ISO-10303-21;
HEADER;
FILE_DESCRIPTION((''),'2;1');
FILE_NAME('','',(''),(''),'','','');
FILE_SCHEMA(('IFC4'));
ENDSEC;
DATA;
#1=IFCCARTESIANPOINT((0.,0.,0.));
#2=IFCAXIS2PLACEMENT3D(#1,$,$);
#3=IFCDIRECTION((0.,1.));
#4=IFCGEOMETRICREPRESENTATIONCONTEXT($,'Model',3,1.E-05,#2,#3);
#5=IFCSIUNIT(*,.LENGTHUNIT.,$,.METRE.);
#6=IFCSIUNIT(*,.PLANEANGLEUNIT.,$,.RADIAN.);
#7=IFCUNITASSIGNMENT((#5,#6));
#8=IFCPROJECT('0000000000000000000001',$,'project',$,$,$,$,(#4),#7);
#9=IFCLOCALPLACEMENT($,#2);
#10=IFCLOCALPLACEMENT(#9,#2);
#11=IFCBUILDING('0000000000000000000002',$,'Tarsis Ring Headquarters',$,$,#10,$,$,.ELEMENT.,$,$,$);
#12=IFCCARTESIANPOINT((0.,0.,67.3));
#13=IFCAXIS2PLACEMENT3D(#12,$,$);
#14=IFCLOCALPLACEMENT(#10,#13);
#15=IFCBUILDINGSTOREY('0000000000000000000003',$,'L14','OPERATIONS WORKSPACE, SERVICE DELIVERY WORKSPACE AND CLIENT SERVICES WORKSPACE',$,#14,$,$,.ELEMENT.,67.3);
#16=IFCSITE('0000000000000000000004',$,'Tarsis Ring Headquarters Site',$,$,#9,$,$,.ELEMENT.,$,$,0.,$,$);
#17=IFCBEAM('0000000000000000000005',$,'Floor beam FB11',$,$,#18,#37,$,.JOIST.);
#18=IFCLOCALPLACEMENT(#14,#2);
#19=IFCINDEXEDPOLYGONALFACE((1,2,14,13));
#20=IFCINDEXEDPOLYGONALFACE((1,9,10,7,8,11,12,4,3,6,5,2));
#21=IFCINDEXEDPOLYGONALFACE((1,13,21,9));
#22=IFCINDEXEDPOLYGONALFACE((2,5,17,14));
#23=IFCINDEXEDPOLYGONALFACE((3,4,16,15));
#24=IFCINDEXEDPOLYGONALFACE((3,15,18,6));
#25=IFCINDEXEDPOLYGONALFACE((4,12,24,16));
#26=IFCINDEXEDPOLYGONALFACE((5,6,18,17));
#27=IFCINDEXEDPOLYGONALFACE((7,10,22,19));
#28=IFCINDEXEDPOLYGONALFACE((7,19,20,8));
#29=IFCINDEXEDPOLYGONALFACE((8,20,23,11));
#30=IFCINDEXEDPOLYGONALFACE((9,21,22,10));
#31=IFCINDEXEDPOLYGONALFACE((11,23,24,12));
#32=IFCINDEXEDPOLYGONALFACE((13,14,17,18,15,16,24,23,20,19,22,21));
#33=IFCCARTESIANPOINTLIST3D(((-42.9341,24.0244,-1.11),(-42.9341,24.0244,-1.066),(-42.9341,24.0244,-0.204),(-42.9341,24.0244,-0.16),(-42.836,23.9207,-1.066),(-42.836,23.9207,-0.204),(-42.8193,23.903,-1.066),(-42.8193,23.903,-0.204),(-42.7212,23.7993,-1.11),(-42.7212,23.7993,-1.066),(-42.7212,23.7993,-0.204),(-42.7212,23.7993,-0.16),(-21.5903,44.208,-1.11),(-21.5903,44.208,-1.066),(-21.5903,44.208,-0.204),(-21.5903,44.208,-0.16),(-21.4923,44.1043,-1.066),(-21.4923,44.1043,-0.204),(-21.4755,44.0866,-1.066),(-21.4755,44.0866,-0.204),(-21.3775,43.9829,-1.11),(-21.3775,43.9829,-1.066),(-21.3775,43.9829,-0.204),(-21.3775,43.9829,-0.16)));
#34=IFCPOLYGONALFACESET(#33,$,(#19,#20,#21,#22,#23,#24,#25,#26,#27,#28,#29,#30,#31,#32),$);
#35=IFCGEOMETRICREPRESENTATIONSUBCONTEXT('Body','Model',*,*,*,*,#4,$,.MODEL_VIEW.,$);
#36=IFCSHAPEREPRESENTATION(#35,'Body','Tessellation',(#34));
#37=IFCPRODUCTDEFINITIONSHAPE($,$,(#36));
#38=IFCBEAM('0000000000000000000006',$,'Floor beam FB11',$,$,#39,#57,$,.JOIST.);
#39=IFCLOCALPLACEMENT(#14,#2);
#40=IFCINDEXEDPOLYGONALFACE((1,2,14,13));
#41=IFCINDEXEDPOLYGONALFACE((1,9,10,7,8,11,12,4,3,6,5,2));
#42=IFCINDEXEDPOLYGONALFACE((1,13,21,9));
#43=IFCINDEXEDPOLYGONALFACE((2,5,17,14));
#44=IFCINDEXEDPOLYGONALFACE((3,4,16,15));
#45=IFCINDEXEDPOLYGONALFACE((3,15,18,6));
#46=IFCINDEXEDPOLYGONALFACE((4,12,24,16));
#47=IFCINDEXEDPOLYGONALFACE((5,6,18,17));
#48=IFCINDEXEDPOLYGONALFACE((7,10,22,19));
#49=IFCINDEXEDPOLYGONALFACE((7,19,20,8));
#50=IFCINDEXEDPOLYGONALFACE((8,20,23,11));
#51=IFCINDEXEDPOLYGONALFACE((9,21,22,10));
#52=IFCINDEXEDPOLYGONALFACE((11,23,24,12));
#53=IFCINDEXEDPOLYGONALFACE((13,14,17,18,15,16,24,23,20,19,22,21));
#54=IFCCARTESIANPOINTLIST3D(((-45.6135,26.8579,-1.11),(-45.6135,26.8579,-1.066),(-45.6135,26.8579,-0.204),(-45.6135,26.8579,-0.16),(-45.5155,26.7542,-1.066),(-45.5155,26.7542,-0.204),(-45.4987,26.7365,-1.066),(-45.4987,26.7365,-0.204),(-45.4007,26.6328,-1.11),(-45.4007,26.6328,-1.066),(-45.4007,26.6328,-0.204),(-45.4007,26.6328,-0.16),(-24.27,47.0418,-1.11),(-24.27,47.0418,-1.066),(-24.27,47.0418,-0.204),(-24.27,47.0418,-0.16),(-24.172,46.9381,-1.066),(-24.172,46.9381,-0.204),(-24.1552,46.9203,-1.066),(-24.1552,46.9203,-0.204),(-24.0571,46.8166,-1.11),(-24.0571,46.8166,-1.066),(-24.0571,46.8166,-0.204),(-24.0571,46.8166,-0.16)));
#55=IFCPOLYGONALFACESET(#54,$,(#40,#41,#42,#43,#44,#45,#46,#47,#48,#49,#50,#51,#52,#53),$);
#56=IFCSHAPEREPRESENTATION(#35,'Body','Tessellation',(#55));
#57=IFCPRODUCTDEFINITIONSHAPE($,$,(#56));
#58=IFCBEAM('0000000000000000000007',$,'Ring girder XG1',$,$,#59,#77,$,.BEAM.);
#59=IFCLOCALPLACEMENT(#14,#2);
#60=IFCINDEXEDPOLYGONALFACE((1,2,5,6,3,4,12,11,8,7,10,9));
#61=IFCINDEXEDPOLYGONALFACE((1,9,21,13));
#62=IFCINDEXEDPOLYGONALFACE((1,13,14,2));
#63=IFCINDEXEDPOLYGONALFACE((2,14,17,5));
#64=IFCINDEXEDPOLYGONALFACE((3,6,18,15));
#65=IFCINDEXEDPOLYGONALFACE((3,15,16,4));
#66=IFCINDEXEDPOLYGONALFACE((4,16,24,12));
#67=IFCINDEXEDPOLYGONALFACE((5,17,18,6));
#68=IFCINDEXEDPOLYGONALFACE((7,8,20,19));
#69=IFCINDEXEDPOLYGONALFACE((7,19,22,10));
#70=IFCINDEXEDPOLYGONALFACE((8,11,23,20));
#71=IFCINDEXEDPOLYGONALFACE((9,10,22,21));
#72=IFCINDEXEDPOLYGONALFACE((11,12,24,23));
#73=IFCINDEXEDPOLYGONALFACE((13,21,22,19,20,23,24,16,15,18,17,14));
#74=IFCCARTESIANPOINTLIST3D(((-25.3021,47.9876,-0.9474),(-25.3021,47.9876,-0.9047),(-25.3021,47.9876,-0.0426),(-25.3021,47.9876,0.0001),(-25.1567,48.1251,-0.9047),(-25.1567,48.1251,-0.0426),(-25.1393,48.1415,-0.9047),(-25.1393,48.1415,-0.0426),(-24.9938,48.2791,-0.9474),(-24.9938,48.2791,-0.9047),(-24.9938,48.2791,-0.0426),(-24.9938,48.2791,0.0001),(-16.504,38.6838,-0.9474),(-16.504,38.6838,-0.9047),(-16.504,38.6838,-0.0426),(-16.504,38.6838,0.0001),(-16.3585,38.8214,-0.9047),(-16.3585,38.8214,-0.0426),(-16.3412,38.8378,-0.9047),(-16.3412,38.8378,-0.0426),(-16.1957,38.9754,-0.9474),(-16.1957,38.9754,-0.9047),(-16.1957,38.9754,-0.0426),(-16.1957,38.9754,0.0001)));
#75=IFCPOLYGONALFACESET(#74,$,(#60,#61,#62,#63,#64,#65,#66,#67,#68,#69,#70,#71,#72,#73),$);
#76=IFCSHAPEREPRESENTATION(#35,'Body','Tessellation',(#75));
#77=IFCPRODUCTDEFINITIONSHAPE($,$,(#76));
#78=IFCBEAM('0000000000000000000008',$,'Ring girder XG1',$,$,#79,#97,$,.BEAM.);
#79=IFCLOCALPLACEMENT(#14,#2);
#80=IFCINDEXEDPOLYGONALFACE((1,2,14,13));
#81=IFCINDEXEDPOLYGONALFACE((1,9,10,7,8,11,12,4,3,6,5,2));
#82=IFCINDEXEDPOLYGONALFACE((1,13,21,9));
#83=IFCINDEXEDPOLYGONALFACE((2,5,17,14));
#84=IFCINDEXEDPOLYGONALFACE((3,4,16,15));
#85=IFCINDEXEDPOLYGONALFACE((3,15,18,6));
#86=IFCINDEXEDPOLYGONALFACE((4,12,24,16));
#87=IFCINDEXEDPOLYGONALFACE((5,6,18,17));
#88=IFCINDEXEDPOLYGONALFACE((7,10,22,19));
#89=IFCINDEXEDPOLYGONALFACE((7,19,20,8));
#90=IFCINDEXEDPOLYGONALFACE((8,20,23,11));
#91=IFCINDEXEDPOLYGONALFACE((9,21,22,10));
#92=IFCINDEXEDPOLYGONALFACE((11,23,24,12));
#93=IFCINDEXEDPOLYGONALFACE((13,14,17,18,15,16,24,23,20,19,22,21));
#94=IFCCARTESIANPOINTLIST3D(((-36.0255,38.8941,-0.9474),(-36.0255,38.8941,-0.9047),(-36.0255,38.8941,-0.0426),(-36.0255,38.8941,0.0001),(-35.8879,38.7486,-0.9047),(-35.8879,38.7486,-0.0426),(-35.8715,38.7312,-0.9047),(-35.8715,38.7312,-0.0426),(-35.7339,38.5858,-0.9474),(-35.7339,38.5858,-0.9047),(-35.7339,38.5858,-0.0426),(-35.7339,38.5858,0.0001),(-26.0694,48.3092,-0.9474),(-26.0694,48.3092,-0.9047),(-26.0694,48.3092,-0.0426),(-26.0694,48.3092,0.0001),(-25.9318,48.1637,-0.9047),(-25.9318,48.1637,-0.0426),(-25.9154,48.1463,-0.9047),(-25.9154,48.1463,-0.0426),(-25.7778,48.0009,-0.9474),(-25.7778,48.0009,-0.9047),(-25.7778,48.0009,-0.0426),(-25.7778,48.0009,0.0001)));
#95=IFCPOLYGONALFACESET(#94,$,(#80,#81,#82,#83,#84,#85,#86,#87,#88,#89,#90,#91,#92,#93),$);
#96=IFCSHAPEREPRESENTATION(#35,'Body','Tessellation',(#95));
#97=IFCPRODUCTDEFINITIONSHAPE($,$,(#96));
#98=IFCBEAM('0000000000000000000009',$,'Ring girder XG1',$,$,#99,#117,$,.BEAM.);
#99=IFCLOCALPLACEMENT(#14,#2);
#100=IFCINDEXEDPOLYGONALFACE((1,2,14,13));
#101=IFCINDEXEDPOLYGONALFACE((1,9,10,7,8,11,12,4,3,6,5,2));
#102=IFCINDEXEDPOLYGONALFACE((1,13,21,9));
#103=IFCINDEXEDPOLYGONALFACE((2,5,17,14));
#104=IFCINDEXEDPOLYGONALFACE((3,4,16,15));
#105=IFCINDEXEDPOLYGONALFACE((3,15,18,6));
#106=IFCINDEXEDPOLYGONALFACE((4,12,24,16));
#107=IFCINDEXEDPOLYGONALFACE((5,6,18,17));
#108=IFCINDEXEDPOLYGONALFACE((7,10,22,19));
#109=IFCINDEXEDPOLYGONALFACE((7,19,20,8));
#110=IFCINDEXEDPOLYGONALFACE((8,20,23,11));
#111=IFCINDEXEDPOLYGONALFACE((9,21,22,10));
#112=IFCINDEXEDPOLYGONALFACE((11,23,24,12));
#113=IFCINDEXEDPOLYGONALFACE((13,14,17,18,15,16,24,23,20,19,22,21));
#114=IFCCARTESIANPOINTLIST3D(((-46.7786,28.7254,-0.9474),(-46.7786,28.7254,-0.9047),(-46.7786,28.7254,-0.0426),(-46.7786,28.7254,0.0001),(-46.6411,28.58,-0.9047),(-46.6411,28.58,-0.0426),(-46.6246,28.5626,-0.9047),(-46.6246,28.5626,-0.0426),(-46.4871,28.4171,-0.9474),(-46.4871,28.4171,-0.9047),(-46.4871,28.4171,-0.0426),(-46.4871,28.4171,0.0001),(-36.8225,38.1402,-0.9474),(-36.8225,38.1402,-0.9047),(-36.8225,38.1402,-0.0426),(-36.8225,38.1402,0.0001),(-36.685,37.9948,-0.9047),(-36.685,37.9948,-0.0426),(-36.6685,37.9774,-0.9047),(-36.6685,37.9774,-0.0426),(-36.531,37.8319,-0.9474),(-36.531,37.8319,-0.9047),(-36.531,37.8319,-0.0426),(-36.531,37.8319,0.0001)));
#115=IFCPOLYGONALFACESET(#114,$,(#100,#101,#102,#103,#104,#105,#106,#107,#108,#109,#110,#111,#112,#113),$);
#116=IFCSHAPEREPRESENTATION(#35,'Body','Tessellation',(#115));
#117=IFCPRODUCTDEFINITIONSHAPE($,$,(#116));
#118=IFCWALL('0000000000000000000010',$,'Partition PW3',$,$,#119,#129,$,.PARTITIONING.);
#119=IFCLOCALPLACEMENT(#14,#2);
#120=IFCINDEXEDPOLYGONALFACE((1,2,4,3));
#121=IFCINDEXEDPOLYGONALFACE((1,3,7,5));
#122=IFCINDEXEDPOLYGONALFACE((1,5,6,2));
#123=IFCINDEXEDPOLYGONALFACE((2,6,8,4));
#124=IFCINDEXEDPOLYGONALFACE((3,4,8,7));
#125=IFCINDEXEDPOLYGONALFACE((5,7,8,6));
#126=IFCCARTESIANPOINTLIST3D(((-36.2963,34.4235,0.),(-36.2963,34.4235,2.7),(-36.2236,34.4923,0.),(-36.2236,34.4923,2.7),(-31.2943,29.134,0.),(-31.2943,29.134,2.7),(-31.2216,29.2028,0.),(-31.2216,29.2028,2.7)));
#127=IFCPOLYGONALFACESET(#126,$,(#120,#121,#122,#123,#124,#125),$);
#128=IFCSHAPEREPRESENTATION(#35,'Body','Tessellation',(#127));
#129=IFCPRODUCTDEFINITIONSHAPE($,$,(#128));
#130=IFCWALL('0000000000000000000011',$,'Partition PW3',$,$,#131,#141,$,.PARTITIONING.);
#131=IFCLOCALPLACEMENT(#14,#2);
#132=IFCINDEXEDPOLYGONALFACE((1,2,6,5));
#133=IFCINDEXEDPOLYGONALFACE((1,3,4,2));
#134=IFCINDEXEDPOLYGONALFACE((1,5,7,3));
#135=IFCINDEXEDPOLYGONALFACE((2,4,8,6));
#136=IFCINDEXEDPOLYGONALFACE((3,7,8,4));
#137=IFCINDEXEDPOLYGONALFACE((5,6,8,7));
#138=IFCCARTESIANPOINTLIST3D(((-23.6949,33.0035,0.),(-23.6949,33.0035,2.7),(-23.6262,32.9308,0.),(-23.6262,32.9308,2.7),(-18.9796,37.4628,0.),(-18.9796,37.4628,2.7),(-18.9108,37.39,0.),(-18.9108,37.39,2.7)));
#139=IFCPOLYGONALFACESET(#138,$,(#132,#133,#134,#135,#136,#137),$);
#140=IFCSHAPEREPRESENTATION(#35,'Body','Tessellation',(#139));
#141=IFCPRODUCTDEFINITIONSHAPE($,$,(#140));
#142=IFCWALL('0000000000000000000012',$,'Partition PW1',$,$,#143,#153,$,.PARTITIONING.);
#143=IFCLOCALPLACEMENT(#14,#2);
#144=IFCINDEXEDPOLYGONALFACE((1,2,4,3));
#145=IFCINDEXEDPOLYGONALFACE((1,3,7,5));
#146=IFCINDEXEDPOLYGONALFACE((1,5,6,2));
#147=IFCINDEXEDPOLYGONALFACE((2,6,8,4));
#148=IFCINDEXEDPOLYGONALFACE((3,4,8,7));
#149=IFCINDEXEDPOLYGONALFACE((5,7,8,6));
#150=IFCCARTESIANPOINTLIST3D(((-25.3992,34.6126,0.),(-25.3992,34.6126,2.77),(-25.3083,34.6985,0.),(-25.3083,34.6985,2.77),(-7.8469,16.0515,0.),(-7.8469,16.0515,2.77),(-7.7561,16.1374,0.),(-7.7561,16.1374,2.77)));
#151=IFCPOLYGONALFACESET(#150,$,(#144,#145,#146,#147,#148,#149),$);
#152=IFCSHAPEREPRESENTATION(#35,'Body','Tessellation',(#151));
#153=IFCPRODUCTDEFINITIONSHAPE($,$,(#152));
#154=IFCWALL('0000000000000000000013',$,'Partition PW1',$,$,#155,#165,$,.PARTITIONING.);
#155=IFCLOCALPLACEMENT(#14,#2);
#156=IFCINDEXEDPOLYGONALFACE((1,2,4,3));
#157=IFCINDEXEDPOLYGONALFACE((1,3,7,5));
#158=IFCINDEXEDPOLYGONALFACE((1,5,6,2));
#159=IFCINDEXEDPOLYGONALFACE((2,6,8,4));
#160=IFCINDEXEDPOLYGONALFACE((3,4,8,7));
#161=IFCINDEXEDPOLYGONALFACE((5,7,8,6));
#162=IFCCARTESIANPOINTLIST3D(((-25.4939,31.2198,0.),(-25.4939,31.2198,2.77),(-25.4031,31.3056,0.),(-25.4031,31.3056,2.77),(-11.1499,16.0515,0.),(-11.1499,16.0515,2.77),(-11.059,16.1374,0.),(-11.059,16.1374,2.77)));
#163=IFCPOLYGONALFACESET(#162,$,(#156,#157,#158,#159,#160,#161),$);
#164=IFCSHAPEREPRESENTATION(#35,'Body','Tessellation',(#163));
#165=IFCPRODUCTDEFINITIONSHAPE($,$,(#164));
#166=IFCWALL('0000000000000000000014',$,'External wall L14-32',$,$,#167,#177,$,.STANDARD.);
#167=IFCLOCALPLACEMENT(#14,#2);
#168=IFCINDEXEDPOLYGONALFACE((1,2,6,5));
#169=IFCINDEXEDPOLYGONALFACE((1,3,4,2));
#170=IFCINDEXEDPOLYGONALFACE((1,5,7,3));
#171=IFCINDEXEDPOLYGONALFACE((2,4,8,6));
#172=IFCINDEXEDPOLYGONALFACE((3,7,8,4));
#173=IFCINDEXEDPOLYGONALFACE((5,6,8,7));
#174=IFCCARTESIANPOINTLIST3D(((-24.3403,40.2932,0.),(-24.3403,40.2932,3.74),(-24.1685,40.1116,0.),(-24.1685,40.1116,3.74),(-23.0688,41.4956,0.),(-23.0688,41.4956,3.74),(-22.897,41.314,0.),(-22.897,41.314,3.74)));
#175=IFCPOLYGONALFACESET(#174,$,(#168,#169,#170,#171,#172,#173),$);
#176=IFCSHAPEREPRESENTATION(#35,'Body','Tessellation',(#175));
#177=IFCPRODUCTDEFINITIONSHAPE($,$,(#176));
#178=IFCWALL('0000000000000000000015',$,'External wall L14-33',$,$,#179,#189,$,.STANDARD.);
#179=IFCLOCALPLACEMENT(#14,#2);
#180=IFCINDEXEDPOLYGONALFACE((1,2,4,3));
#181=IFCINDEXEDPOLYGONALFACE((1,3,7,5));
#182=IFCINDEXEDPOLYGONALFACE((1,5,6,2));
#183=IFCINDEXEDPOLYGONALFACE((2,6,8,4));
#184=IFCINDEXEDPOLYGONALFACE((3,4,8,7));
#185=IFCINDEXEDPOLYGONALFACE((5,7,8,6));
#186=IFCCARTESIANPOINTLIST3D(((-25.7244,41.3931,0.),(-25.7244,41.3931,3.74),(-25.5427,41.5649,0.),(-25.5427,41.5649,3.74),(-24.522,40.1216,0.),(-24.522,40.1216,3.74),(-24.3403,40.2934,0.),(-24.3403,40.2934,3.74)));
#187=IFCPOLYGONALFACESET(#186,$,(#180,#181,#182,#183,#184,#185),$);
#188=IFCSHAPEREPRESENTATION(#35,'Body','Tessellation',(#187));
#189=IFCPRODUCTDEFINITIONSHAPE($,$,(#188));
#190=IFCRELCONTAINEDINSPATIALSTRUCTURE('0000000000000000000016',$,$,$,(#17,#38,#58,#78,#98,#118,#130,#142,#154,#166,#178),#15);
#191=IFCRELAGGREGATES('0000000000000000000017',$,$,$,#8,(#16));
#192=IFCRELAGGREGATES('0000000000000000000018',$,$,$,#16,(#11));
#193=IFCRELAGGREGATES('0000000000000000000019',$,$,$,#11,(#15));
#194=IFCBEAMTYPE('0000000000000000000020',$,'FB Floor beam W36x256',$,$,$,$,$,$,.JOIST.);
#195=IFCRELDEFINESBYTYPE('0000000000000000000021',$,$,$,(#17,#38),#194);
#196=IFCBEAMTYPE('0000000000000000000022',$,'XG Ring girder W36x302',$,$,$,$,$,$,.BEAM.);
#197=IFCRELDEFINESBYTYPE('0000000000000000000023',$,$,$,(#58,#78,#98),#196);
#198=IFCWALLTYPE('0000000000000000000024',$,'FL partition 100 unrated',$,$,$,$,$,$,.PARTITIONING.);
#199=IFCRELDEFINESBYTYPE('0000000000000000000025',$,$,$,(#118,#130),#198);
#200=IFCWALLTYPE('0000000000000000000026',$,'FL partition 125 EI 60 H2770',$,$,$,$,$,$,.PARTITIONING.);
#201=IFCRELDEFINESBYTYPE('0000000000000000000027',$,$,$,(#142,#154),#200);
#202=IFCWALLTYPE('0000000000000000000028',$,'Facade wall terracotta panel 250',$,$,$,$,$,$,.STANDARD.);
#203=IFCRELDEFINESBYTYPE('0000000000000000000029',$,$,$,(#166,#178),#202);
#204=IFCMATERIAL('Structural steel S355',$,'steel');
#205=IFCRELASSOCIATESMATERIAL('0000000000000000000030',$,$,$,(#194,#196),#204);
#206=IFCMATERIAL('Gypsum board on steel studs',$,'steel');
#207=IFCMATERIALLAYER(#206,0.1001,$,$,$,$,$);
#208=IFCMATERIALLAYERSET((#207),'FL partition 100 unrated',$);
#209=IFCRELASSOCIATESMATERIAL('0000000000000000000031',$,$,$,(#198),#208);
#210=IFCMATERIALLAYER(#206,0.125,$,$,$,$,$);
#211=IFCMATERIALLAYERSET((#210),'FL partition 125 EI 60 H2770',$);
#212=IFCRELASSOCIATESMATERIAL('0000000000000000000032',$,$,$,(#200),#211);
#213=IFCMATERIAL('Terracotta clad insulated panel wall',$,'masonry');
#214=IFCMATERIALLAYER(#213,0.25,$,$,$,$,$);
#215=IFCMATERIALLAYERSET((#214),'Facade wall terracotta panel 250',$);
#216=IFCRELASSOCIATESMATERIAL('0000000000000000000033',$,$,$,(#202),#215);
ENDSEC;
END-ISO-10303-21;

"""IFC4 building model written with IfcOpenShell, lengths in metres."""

from ifc_helpers import new_model, si_unit, direction, frame, frame_2d, origin, origin_2d, place, context, subcontext, project, spatial, rectangle, i_section, extrude, material, layer, layer_set, material_profile, profile_set, type_object, element, save


model = new_model("IFC4")

# Units and contexts
model_context = context("Model", 3, precision=1e-05, world=origin(), true_north=direction((0.0, 1.0)))
body_context = subcontext(model_context, "Body", "Model", "MODEL_VIEW")
ifc_project = project(units=[si_unit("LENGTHUNIT", "METRE"), si_unit("PLANEANGLEUNIT", "RADIAN")], contexts=[model_context])

# Site, building, storey
site_placement = place(None, origin())
site = spatial("IfcSite", under=ifc_project, at=site_placement, Name="Tarsis Ring Headquarters Site", CompositionType="ELEMENT", RefElevation=0.0)
building_placement = place(site_placement, origin())
building = spatial("IfcBuilding", under=site, at=building_placement, Name="Tarsis Ring Headquarters", CompositionType="ELEMENT")
storey_placement = place(building_placement, frame((0.0, 0.0, 67.3)))
storey = spatial("IfcBuildingStorey", under=building, at=storey_placement, Name="L14", Description="OPERATIONS WORKSPACE, SERVICE DELIVERY WORKSPACE AND CLIENT SERVICES WORKSPACE", CompositionType="ELEMENT", Elevation=67.3)

# Beams
ifc_material_1 = material(Name="Structural steel S355", Category="steel")
ifc_material_profile_1 = material_profile(ifc_material_1, i_section(OverallWidth=0.3098, OverallDepth=0.95, WebThickness=0.0244, FlangeThickness=0.0439, at=origin_2d()), Name="W36x256")
ifc_profile_set_1 = profile_set([ifc_material_profile_1], Name="Structural steel S355")
beam_type_1 = type_object("IfcBeamType", Name="FB Floor beam W36x256", PredefinedType="JOIST", material=ifc_profile_set_1)
for number, where, z_axis, x_axis, name in (
    (1, (-21.4839, 44.0955, -0.635), (-0.726578, -0.687084, 0.0), (0.687084, -0.726578, 0.0), "Floor beam FB11"),
    (2, (-24.1636, 46.9292, -0.635), (-0.72657, -0.687093, 0.0), (0.687093, -0.72657, 0.0), "Floor beam FB11"),
):
    element("IfcBeam", number, at=place(storey_placement, frame(where, z_axis=z_axis, x_axis=x_axis)), inside=storey, type_object=beam_type_1, Name=name, PredefinedType="JOIST", context=body_context, shape_type="SweptSolid", body=[
        extrude(i_section(OverallWidth=0.3098, OverallDepth=0.95, WebThickness=0.0244, FlangeThickness=0.0439, at=origin_2d()), origin(), (0.0, 0.0, 1.0), 29.3757),
    ])
ifc_material_profile_2 = material_profile(ifc_material_1, i_section(OverallWidth=0.4243, OverallDepth=0.9475, WebThickness=0.0239, FlangeThickness=0.0427, at=origin_2d()), Name="W36x302")
ifc_profile_set_2 = profile_set([ifc_material_profile_2], Name="Structural steel S355")
beam_type_2 = type_object("IfcBeamType", Name="XG Ring girder W36x302", PredefinedType="BEAM", material=ifc_profile_set_2)
beam_1_placement = place(storey_placement, frame((-16.3499, 38.8296, -0.4736), z_axis=(-0.687088, 0.726574, 0.0), x_axis=(-0.726574, -0.687088, 0.0)))
element("IfcBeam", 3, at=beam_1_placement, inside=storey, type_object=beam_type_2, Name="Ring girder XG1", PredefinedType="BEAM", context=body_context, shape_type="SweptSolid", body=[
    extrude(i_section(OverallWidth=0.4243, OverallDepth=0.9475, WebThickness=0.0239, FlangeThickness=0.0427, at=origin_2d()), origin(), (0.0, 0.0, 1.0), 12.8049),
])
beam_2_placement = place(storey_placement, frame((-25.9236, 48.155, -0.4736), z_axis=(-0.726572, -0.68709, 0.0), x_axis=(0.68709, -0.726572, 0.0)))
element("IfcBeam", 4, at=beam_2_placement, inside=storey, type_object=beam_type_2, Name="Ring girder XG1", PredefinedType="BEAM", context=body_context, shape_type="SweptSolid", body=[
    extrude(i_section(OverallWidth=0.4243, OverallDepth=0.9475, WebThickness=0.0239, FlangeThickness=0.0427, at=origin_2d()), origin(), (0.0, 0.0, 1.0), 13.7029),
])
beam_3_placement = place(storey_placement, frame((-36.6768, 37.9861, -0.4736), z_axis=(-0.726581, -0.687081, 0.0), x_axis=(0.687081, -0.726581, 0.0)))
element("IfcBeam", 5, at=beam_3_placement, inside=storey, type_object=beam_type_2, Name="Ring girder XG1", PredefinedType="BEAM", context=body_context, shape_type="SweptSolid", body=[
    extrude(i_section(OverallWidth=0.4243, OverallDepth=0.9475, WebThickness=0.0239, FlangeThickness=0.0427, at=origin_2d()), origin(), (0.0, 0.0, 1.0), 13.7026),
])

# Walls
ifc_material_2 = material(Name="Gypsum board on steel studs", Category="steel")
ifc_layer_1 = layer(ifc_material_2, 0.1001)
ifc_layer_set_1 = layer_set([ifc_layer_1], Name="FL partition 100 unrated")
wall_type_1 = type_object("IfcWallType", Name="FL partition 100 unrated", PredefinedType="PARTITIONING", material=ifc_layer_set_1)
wall_1_placement = place(storey_placement, frame((-36.26, 34.458, 0.0), z_axis=(0.0, 0.0, 1.0), x_axis=(0.687078, -0.726583, 0.0)))
element("IfcWall", 6, at=wall_1_placement, inside=storey, type_object=wall_type_1, Name="Partition PW3", PredefinedType="PARTITIONING", context=body_context, shape_type="SweptSolid", body=[
    extrude(rectangle(XDim=7.28, YDim=0.1001, at=frame_2d((3.6401, 0.0))), origin(), (0.0, 0.0, 1.0), 2.7),
])
wall_2_placement = place(storey_placement, frame((-23.6606, 32.967, 0.0), z_axis=(0.0, 0.0, 1.0), x_axis=(0.726562, 0.687101, 0.0)))
element("IfcWall", 7, at=wall_2_placement, inside=storey, type_object=wall_type_1, Name="Partition PW3", PredefinedType="PARTITIONING", context=body_context, shape_type="SweptSolid", body=[
    extrude(rectangle(XDim=6.49, YDim=0.1001, at=frame_2d((3.2451, 0.0))), origin(), (0.0, 0.0, 1.0), 2.7),
])
ifc_layer_2 = layer(ifc_material_2, 0.125)
ifc_layer_set_2 = layer_set([ifc_layer_2], Name="FL partition 125 EI 60 H2770")
wall_type_2 = type_object("IfcWallType", Name="FL partition 125 EI 60 H2770", PredefinedType="PARTITIONING", material=ifc_layer_set_2)
wall_3_placement = place(storey_placement, frame((-25.3538, 34.6555, 0.0), z_axis=(0.0, 0.0, 1.0), x_axis=(0.687086, -0.726576, 0.0)))
element("IfcWall", 8, at=wall_3_placement, inside=storey, type_object=wall_type_2, Name="Partition PW1", PredefinedType="PARTITIONING", context=body_context, shape_type="SweptSolid", body=[
    extrude(rectangle(XDim=25.5459, YDim=0.125, at=frame_2d((12.7729, 0.0))), origin(), (0.0, 0.0, 1.0), 2.77),
])
wall_4_placement = place(storey_placement, frame((-25.4485, 31.2627, 0.0), z_axis=(0.0, 0.0, 1.0), x_axis=(0.687091, -0.726572, 0.0)))
element("IfcWall", 9, at=wall_4_placement, inside=storey, type_object=wall_type_2, Name="Partition PW1", PredefinedType="PARTITIONING", context=body_context, shape_type="SweptSolid", body=[
    extrude(rectangle(XDim=20.8765, YDim=0.125, at=frame_2d((10.4382, 0.0))), origin(), (0.0, 0.0, 1.0), 2.77),
])
ifc_material_3 = material(Name="Terracotta clad insulated panel wall", Category="masonry")
ifc_layer_3 = layer(ifc_material_3, 0.25)
ifc_layer_set_3 = layer_set([ifc_layer_3], Name="Facade wall terracotta panel 250")
wall_type_3 = type_object("IfcWallType", Name="Facade wall terracotta panel 250", PredefinedType="STANDARD", material=ifc_layer_set_3)
for number, where, z_axis, x_axis, name in (
    (10, (-22.9829, 41.4048, 0.0), (0.0, 0.0, 1.0), (-0.726572, -0.68709, 0.0), "External wall L14-32"),
    (11, (-24.4312, 40.2075, 0.0), (0.0, 0.0, 1.0), (-0.68709, 0.726572, 0.0), "External wall L14-33"),
):
    element("IfcWall", number, at=place(storey_placement, frame(where, z_axis=z_axis, x_axis=x_axis)), inside=storey, type_object=wall_type_3, Name=name, PredefinedType="STANDARD", context=body_context, shape_type="SweptSolid", body=[
        extrude(rectangle(XDim=1.75, YDim=0.25, at=frame_2d((0.875, 0.0))), origin(), (0.0, 0.0, 1.0), 3.74),
    ])

save(model, "model.ifc")
